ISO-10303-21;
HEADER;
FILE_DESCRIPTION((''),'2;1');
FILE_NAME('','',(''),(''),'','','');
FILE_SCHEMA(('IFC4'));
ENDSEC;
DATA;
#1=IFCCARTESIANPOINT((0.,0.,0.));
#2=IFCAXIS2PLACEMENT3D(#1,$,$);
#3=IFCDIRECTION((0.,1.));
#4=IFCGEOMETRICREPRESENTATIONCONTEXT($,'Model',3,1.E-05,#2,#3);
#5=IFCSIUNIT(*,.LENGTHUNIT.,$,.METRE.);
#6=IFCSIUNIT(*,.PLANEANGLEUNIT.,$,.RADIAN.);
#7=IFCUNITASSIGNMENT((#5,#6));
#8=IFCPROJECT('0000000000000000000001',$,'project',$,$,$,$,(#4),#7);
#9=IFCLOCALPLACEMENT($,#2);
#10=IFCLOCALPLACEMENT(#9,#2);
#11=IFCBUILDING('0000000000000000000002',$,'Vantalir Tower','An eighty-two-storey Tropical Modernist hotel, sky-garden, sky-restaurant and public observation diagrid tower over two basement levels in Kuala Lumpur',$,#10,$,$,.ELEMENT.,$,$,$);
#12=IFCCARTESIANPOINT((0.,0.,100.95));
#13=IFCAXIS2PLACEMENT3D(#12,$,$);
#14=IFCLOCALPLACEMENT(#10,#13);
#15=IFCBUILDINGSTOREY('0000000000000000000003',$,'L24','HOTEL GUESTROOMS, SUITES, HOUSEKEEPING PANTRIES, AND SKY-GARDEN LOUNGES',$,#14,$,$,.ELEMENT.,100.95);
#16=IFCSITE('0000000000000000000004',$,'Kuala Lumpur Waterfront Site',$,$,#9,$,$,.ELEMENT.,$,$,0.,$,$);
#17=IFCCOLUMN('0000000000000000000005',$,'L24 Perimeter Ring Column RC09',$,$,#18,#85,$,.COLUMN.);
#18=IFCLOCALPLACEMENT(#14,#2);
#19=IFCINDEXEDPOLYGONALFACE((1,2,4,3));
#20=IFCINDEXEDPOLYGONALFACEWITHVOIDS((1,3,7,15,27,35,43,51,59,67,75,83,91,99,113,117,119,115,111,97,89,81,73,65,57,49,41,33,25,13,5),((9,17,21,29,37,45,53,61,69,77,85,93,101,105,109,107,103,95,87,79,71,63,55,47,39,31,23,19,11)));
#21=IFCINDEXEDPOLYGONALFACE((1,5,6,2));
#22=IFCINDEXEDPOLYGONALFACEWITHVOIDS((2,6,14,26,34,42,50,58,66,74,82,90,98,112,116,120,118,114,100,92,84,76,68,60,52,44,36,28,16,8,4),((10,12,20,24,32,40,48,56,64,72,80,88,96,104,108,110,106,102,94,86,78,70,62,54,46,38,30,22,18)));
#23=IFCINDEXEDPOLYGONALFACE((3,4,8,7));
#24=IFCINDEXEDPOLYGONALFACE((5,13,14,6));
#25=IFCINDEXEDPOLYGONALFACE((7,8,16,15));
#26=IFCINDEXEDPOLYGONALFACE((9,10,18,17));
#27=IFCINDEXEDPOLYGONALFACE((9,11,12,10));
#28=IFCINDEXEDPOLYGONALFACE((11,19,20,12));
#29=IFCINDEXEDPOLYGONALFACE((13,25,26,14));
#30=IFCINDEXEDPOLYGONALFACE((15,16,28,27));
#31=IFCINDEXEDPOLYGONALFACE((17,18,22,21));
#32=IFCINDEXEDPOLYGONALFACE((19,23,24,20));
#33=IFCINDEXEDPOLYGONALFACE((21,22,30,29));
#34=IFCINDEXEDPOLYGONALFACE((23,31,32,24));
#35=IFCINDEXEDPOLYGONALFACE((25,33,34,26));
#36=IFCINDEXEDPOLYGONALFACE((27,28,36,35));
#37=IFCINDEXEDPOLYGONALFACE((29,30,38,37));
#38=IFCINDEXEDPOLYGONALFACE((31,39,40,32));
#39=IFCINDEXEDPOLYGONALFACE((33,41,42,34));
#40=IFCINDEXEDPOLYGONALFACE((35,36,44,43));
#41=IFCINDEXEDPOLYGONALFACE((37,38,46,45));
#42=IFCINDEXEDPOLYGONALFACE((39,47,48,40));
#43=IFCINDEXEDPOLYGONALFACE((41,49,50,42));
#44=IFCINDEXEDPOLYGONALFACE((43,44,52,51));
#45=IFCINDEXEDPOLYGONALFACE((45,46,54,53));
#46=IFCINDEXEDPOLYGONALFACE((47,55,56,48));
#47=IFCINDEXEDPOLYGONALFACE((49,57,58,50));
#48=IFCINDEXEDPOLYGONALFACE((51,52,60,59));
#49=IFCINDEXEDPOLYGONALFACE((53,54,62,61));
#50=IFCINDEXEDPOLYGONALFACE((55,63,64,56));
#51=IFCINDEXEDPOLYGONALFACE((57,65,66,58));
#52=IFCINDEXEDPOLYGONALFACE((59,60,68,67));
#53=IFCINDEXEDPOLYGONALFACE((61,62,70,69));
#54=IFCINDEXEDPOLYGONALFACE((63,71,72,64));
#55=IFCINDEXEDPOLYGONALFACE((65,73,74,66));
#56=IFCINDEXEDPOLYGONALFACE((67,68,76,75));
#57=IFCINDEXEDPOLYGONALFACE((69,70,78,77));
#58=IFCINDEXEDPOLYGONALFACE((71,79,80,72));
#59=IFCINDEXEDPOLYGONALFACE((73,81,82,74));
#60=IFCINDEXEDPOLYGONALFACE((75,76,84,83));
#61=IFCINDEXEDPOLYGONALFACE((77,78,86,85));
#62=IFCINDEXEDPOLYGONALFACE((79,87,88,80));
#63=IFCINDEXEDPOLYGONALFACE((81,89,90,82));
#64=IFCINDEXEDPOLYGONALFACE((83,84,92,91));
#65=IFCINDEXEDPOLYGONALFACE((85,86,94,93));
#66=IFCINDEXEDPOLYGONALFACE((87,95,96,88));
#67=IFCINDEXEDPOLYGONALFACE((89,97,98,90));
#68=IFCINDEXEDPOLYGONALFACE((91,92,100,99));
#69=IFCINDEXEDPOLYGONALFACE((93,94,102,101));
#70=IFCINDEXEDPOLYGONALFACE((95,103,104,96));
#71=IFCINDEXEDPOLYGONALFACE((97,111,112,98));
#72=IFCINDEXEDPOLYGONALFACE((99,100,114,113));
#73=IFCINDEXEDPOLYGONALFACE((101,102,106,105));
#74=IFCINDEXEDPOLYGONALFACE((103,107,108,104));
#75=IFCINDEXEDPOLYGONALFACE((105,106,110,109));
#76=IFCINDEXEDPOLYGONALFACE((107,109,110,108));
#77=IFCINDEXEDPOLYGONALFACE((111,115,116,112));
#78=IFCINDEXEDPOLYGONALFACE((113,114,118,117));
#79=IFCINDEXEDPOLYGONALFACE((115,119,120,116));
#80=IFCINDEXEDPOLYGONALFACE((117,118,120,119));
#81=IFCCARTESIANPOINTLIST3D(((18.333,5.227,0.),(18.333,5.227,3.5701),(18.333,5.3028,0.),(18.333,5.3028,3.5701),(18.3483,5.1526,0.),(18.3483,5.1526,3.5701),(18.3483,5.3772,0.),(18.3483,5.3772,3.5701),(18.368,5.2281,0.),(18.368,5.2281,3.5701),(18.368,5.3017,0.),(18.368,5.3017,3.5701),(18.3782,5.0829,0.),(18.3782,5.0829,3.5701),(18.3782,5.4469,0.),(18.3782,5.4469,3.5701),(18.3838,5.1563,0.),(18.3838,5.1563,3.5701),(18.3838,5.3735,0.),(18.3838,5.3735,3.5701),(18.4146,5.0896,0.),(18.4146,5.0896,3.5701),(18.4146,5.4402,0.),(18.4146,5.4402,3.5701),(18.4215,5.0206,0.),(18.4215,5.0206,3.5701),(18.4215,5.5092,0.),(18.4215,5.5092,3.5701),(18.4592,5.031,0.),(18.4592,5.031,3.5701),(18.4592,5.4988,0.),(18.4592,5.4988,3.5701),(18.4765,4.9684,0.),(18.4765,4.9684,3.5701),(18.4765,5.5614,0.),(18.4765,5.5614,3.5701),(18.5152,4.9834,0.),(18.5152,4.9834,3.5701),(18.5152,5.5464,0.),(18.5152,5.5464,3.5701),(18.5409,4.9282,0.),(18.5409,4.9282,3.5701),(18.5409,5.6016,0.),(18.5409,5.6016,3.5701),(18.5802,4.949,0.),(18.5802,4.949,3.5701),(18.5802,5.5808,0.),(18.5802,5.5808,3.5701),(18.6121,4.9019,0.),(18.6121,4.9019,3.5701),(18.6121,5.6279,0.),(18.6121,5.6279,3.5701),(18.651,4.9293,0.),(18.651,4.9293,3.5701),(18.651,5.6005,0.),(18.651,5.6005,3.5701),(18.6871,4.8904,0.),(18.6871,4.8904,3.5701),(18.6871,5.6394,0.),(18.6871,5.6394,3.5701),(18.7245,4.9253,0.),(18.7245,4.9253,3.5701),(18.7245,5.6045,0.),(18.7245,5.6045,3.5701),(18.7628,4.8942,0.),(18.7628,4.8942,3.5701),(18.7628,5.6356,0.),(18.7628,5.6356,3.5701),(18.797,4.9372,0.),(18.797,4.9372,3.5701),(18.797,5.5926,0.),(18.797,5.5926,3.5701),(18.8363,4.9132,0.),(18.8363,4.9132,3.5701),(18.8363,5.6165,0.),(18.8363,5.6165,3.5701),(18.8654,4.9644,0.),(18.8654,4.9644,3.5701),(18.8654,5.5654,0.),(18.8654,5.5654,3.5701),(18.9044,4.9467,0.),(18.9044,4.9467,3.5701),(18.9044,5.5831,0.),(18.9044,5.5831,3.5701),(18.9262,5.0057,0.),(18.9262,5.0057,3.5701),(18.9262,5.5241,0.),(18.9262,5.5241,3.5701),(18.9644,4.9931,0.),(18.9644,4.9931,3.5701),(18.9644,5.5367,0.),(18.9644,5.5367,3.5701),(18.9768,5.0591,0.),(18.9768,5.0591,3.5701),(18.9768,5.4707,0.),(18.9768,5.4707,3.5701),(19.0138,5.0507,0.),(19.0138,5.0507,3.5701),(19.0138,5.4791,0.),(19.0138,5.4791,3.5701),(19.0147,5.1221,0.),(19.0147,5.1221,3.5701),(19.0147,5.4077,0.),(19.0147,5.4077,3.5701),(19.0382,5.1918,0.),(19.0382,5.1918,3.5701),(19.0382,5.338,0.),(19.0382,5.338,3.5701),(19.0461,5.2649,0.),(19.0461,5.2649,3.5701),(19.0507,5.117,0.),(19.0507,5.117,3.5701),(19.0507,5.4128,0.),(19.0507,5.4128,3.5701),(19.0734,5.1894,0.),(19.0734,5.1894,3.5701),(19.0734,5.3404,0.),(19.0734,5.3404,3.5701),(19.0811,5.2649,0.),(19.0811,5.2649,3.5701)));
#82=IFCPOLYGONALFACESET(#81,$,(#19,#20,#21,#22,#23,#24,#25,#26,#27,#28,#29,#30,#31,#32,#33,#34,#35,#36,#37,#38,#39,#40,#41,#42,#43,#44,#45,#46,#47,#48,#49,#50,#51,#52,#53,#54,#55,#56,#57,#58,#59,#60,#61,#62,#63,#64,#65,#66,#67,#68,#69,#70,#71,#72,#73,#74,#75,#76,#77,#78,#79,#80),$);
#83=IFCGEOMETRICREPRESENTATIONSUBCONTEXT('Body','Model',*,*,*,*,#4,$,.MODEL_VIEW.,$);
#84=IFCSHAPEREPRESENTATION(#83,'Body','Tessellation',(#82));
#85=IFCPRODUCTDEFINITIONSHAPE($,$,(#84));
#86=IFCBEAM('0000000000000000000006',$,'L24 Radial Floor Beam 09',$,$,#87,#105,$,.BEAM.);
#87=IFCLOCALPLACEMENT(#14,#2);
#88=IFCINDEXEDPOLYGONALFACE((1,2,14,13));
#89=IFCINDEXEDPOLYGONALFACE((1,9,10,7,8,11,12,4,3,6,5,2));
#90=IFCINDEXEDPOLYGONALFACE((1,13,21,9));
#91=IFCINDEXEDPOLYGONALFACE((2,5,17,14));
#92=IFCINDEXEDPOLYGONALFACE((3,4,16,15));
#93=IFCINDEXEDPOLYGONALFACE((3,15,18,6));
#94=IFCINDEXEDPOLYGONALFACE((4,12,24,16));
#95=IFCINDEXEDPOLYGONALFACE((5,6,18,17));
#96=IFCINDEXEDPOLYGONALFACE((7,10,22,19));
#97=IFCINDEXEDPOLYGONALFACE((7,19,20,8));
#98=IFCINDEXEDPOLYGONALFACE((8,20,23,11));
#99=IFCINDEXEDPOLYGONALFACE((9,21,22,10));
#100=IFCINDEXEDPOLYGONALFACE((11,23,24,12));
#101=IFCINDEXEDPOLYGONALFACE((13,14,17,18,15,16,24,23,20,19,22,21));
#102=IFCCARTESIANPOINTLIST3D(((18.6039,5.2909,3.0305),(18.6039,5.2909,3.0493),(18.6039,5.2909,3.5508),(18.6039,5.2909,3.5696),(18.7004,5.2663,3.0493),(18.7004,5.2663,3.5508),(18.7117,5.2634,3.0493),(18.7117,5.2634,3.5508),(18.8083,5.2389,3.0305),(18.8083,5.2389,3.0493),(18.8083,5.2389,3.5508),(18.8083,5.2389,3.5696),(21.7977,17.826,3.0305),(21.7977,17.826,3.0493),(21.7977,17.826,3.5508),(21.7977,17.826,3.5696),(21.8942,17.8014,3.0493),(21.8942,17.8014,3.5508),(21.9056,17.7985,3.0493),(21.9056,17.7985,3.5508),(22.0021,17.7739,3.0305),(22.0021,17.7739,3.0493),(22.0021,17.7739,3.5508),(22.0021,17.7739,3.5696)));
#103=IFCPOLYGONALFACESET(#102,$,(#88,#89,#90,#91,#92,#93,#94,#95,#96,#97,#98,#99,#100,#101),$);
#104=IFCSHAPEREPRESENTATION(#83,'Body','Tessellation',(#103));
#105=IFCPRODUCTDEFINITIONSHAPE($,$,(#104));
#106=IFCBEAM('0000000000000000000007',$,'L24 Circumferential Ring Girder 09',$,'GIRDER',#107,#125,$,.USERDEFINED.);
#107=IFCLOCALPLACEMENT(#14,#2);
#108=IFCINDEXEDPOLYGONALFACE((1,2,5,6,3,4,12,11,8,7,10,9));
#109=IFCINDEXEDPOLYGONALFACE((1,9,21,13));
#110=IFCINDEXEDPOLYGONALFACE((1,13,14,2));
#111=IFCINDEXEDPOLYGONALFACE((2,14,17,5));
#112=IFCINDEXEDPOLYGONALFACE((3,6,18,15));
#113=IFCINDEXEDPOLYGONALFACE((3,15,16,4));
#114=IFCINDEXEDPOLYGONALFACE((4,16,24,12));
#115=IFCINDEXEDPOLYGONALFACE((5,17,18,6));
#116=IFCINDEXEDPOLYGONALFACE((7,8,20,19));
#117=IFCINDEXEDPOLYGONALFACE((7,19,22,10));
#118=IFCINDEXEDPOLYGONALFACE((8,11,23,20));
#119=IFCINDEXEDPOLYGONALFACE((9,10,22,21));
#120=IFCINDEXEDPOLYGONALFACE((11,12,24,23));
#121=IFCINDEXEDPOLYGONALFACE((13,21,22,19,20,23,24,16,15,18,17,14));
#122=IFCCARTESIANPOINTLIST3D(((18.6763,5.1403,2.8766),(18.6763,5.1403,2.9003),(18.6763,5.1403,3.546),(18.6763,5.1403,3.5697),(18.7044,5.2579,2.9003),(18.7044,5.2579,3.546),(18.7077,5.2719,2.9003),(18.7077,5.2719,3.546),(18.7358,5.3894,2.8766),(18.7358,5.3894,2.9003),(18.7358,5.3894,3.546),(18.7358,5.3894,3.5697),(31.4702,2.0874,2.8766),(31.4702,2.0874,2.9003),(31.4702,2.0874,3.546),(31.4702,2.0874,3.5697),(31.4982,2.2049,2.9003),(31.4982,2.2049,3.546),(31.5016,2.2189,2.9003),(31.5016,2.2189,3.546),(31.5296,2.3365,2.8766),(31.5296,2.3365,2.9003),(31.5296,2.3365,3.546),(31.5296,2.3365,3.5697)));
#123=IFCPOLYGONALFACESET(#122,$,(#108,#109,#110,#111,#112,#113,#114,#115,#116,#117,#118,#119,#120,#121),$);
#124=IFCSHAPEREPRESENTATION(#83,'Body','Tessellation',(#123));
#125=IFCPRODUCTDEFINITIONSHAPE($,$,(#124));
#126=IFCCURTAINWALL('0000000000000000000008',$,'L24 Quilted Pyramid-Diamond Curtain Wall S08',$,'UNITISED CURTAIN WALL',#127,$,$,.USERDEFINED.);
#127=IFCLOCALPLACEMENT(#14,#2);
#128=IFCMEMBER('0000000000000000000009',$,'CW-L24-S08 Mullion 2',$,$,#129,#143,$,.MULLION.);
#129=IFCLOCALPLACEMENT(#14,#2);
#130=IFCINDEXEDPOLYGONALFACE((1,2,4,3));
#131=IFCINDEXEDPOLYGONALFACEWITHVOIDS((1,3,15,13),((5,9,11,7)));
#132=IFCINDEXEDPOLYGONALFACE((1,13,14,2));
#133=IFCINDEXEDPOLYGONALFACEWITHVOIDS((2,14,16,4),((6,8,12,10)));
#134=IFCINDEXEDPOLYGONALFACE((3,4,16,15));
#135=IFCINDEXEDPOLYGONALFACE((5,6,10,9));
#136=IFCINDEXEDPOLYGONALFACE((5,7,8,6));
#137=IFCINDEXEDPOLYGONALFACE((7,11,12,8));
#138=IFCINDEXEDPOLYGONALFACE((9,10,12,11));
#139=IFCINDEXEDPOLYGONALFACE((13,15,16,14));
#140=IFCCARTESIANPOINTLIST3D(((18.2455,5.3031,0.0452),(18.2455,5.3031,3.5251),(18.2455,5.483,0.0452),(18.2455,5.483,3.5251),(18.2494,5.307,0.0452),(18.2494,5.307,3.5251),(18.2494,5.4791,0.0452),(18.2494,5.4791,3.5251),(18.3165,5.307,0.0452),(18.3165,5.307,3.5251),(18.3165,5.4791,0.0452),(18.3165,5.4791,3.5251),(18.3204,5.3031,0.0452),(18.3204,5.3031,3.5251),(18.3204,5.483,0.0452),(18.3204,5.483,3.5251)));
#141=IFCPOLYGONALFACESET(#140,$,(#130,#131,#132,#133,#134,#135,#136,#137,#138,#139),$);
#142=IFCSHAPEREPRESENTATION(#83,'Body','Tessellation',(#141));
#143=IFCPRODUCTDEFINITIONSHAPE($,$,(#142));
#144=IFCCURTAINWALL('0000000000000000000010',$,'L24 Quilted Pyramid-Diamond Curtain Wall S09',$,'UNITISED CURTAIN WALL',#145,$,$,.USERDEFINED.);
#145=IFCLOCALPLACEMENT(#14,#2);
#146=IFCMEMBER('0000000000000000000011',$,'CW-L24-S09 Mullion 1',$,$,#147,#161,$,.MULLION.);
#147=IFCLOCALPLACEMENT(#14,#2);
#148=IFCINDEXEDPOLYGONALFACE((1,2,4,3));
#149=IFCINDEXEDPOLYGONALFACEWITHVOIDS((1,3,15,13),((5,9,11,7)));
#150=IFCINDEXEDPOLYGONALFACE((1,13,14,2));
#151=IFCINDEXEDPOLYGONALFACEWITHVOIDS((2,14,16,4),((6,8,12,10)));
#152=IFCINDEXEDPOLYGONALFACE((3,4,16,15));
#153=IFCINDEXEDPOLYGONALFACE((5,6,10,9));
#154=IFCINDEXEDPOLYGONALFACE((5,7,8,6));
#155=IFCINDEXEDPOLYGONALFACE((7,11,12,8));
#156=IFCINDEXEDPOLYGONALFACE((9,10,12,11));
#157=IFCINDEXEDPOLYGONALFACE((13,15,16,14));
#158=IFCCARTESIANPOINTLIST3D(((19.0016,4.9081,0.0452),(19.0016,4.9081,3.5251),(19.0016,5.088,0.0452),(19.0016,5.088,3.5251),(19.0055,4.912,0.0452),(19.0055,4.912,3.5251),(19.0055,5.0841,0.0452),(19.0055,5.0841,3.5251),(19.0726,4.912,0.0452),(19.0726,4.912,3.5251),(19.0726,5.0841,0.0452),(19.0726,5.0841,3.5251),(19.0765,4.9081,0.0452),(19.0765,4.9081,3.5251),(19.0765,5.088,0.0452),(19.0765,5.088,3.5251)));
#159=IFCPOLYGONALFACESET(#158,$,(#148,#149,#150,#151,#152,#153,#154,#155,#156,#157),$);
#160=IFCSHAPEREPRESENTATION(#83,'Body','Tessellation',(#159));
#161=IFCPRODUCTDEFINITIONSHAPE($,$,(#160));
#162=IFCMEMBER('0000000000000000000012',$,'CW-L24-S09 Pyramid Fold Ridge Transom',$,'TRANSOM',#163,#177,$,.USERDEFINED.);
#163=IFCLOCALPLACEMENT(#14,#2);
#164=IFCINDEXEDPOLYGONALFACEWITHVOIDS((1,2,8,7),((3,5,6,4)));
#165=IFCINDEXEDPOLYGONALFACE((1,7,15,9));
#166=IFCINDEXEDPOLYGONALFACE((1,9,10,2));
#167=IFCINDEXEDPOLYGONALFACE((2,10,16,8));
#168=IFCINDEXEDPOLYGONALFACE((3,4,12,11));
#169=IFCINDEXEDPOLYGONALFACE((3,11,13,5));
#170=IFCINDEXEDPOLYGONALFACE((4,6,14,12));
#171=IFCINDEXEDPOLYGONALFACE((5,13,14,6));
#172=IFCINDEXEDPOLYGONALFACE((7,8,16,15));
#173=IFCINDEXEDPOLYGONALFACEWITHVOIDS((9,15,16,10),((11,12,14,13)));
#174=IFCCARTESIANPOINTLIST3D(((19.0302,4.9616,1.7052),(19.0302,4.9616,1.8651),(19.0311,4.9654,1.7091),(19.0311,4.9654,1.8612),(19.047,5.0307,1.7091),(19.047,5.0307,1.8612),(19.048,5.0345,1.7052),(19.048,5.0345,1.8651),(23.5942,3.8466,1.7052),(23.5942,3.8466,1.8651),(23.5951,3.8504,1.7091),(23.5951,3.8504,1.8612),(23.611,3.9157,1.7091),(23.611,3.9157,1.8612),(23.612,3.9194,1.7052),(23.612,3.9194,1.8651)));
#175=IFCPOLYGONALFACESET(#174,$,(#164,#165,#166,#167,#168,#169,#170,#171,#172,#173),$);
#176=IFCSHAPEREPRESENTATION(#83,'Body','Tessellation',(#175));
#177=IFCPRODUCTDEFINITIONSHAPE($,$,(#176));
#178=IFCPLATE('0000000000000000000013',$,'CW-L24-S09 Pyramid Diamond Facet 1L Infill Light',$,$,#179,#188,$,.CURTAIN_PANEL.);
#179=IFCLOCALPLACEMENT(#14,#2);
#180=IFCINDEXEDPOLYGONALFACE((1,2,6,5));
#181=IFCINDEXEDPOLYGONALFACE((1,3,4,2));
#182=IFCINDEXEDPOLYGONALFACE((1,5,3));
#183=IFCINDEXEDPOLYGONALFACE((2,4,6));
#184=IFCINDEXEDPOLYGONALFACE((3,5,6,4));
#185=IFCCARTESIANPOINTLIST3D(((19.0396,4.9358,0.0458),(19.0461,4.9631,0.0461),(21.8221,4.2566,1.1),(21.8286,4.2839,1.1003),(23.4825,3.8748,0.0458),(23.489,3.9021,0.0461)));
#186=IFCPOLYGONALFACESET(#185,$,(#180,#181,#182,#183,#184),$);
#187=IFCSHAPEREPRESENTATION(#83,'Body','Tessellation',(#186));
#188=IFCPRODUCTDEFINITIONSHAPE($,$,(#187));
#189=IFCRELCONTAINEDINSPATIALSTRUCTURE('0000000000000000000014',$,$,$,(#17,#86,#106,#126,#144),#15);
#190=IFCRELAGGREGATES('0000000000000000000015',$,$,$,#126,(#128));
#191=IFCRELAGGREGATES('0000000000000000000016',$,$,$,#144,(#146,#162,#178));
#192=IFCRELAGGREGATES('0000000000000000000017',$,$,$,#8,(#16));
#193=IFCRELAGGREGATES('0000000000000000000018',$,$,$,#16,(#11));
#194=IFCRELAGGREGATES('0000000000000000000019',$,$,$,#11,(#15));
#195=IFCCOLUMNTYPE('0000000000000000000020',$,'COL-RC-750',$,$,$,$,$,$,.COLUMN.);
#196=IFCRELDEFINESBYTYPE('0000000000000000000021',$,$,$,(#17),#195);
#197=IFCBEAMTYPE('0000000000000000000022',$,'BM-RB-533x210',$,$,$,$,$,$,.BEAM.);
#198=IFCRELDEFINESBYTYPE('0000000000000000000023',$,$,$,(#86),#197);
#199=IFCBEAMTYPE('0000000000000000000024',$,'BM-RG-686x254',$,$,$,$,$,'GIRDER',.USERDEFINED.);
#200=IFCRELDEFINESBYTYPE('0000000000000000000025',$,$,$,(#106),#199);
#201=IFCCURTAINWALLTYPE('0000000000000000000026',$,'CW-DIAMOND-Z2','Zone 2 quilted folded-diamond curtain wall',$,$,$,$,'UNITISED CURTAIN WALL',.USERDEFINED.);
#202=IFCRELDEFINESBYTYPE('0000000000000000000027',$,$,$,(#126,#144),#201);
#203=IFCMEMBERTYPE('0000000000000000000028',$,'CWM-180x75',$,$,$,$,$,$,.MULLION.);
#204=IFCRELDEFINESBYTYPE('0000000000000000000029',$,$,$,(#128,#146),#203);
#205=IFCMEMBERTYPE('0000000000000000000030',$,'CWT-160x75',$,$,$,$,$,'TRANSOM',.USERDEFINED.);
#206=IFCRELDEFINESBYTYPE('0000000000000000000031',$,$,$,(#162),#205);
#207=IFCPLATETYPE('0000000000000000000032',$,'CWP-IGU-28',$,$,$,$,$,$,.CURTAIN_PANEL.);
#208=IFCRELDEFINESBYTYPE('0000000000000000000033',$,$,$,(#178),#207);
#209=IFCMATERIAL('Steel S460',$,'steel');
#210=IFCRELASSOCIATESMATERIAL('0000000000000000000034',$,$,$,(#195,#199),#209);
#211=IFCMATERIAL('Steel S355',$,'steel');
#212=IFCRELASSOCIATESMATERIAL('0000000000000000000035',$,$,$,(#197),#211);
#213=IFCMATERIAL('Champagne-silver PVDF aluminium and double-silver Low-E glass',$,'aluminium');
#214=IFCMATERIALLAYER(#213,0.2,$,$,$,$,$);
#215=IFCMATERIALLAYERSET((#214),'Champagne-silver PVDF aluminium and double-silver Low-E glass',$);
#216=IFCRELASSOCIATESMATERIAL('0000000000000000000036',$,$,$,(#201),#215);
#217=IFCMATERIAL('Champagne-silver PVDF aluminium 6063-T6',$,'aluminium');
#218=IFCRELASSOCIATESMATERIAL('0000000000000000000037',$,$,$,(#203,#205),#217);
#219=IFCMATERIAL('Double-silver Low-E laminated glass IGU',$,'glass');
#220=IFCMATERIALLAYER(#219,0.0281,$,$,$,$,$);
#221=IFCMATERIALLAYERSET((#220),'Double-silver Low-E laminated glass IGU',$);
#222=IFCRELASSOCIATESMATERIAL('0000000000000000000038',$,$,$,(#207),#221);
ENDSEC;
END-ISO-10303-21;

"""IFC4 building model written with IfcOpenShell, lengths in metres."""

from ifc_helpers import new_model, si_unit, direction, frame, origin, origin_2d, place, context, subcontext, project, spatial, polyline, hollow_rectangle, hollow_circle, i_section, outline, extrude, material, layer, layer_set, material_profile, profile_set, type_object, element, aggregate, save


model = new_model("IFC4")

# Units and contexts
model_context = context("Model", 3, precision=1e-05, world=origin(), true_north=direction((0.0, 1.0)))
body_context = subcontext(model_context, "Body", "Model", "MODEL_VIEW")
ifc_project = project(units=[si_unit("LENGTHUNIT", "METRE"), si_unit("PLANEANGLEUNIT", "RADIAN")], contexts=[model_context])

# Site, building, storey
site_placement = place(None, origin())
site = spatial("IfcSite", under=ifc_project, at=site_placement, Name="Kuala Lumpur Waterfront Site", CompositionType="ELEMENT", RefElevation=0.0)
building_placement = place(site_placement, origin())
building = spatial("IfcBuilding", under=site, at=building_placement, Name="Vantalir Tower", Description="An eighty-two-storey Tropical Modernist hotel, sky-garden, sky-restaurant and public observation diagrid tower over two basement levels in Kuala Lumpur", CompositionType="ELEMENT")
storey_placement = place(building_placement, frame((0.0, 0.0, 100.95)))
storey = spatial("IfcBuildingStorey", under=building, at=storey_placement, Name="L24", Description="HOTEL GUESTROOMS, SUITES, HOUSEKEEPING PANTRIES, AND SKY-GARDEN LOUNGES", CompositionType="ELEMENT", Elevation=100.95)

# Column
ifc_material_1 = material(Name="Steel S460", Category="steel")
ifc_material_profile_1 = material_profile(ifc_material_1, hollow_circle(Radius=0.375, WallThickness=0.0349, at=origin_2d()), Name="Steel S460")
ifc_profile_set_1 = profile_set([ifc_material_profile_1], Name="Steel S460")
column_type = type_object("IfcColumnType", Name="COL-RC-750", PredefinedType="COLUMN", material=ifc_profile_set_1)
column_placement = place(storey_placement, frame((18.7061, 5.2649, 0.0), z_axis=(0.0, 0.0, 1.0), x_axis=(1.0, 0.0, 0.0)))
element("IfcColumn", 1, at=column_placement, inside=storey, type_object=column_type, Name="L24 Perimeter Ring Column RC09", PredefinedType="COLUMN", context=body_context, shape_type="SweptSolid", body=[
    extrude(hollow_circle(Radius=0.375, WallThickness=0.0349, at=origin_2d()), origin(), (0.0, 0.0, 1.0), 3.5701),
])

# Beams
ifc_material_2 = material(Name="Steel S355", Category="steel")
ifc_material_profile_2 = material_profile(ifc_material_2, i_section(OverallWidth=0.2109, OverallDepth=0.5391, WebThickness=0.0117, FlangeThickness=0.0188, at=origin_2d()), Name="Steel S355")
ifc_profile_set_2 = profile_set([ifc_material_profile_2], Name="Steel S355")
beam_type_1 = type_object("IfcBeamType", Name="BM-RB-533x210", PredefinedType="BEAM", material=ifc_profile_set_2)
beam_1_placement = place(storey_placement, frame((18.7061, 5.2649, 3.3), z_axis=(0.246903, 0.96904, 0.0), x_axis=(-0.96904, 0.246903, 0.0)))
element("IfcBeam", 2, at=beam_1_placement, inside=storey, type_object=beam_type_1, Name="L24 Radial Floor Beam 09", PredefinedType="BEAM", context=body_context, shape_type="SweptSolid", body=[
    extrude(i_section(OverallWidth=0.2109, OverallDepth=0.5391, WebThickness=0.0117, FlangeThickness=0.0188, at=origin_2d()), origin(), (0.0, 0.0, 1.0), 12.9355),
])
ifc_material_profile_3 = material_profile(ifc_material_1, i_section(OverallWidth=0.2561, OverallDepth=0.6931, WebThickness=0.0144, FlangeThickness=0.0237, at=origin_2d()), Name="Steel S460")
ifc_profile_set_3 = profile_set([ifc_material_profile_3], Name="Steel S460")
beam_type_2 = type_object("IfcBeamType", Name="BM-RG-686x254", ElementType="GIRDER", PredefinedType="USERDEFINED", material=ifc_profile_set_3)
beam_2_placement = place(storey_placement, frame((18.7061, 5.2649, 3.2231), z_axis=(0.97269, -0.23211, 0.0), x_axis=(0.23211, 0.97269, 0.0)))
element("IfcBeam", 3, at=beam_2_placement, inside=storey, type_object=beam_type_2, Name="L24 Circumferential Ring Girder 09", ObjectType="GIRDER", PredefinedType="USERDEFINED", context=body_context, shape_type="SweptSolid", body=[
    extrude(i_section(OverallWidth=0.2561, OverallDepth=0.6931, WebThickness=0.0144, FlangeThickness=0.0237, at=origin_2d()), origin(), (0.0, 0.0, 1.0), 13.1531),
])

# Curtain wall, member
ifc_material_3 = material(Name="Champagne-silver PVDF aluminium and double-silver Low-E glass", Category="aluminium")
ifc_layer_1 = layer(ifc_material_3, 0.2)
ifc_layer_set_1 = layer_set([ifc_layer_1], Name="Champagne-silver PVDF aluminium and double-silver Low-E glass")
curtain_wall_type = type_object("IfcCurtainWallType", Name="CW-DIAMOND-Z2", Description="Zone 2 quilted folded-diamond curtain wall", ElementType="UNITISED CURTAIN WALL", PredefinedType="USERDEFINED", material=ifc_layer_set_1)
curtain_wall_1_placement = place(storey_placement, origin())
curtain_wall_1 = element("IfcCurtainWall", 4, at=curtain_wall_1_placement, inside=storey, type_object=curtain_wall_type, Name="L24 Quilted Pyramid-Diamond Curtain Wall S08", ObjectType="UNITISED CURTAIN WALL", PredefinedType="USERDEFINED")
ifc_material_4 = material(Name="Champagne-silver PVDF aluminium 6063-T6", Category="aluminium")
ifc_material_profile_4 = material_profile(ifc_material_4, hollow_rectangle(XDim=0.075, YDim=0.1799, WallThickness=0.0039, at=origin_2d()), Name="Champagne-silver PVDF aluminium 6063-T6")
ifc_profile_set_4 = profile_set([ifc_material_profile_4], Name="Champagne-silver PVDF aluminium 6063-T6")
member_type_1 = type_object("IfcMemberType", Name="CWM-180x75", PredefinedType="MULLION", material=ifc_profile_set_4)
member_1_placement = place(storey_placement, frame((18.283, 5.3931, 0.0452), z_axis=(0.0, 0.0, 1.0), x_axis=(1.0, 0.0, 0.0)))
member_1 = element("IfcMember", 5, at=member_1_placement, type_object=member_type_1, Name="CW-L24-S08 Mullion 2", PredefinedType="MULLION", context=body_context, shape_type="SweptSolid", body=[
    extrude(hollow_rectangle(XDim=0.075, YDim=0.1799, WallThickness=0.0039, at=origin_2d()), origin(), (0.0, 0.0, 1.0), 3.48),
])
aggregate(curtain_wall_1, [member_1])

# Curtain wall, members, plate
curtain_wall_2_placement = place(storey_placement, origin())
curtain_wall_2 = element("IfcCurtainWall", 6, at=curtain_wall_2_placement, inside=storey, type_object=curtain_wall_type, Name="L24 Quilted Pyramid-Diamond Curtain Wall S09", ObjectType="UNITISED CURTAIN WALL", PredefinedType="USERDEFINED")
member_2_placement = place(storey_placement, frame((19.0391, 4.998, 0.0452), z_axis=(0.0, 0.0, 1.0), x_axis=(1.0, 0.0, 0.0)))
member_2 = element("IfcMember", 7, at=member_2_placement, type_object=member_type_1, Name="CW-L24-S09 Mullion 1", PredefinedType="MULLION", context=body_context, shape_type="SweptSolid", body=[
    extrude(hollow_rectangle(XDim=0.075, YDim=0.1799, WallThickness=0.0039, at=origin_2d()), origin(), (0.0, 0.0, 1.0), 3.48),
])
ifc_material_profile_5 = material_profile(ifc_material_4, hollow_rectangle(XDim=0.075, YDim=0.1599, WallThickness=0.0039, at=origin_2d()), Name="Champagne-silver PVDF aluminium 6063-T6")
ifc_profile_set_5 = profile_set([ifc_material_profile_5], Name="Champagne-silver PVDF aluminium 6063-T6")
member_type_2 = type_object("IfcMemberType", Name="CWT-160x75", ElementType="TRANSOM", PredefinedType="USERDEFINED", material=ifc_profile_set_5)
member_3_placement = place(storey_placement, frame((19.0391, 4.998, 1.7852), z_axis=(0.971431, -0.237323, 0.0), x_axis=(0.237323, 0.971431, 0.0)))
member_3 = element("IfcMember", 8, at=member_3_placement, type_object=member_type_2, Name="CW-L24-S09 Pyramid Fold Ridge Transom", ObjectType="TRANSOM", PredefinedType="USERDEFINED", context=body_context, shape_type="SweptSolid", body=[
    extrude(hollow_rectangle(XDim=0.075, YDim=0.1599, WallThickness=0.0039, at=origin_2d()), origin(), (0.0, 0.0, 1.0), 4.6982),
])
ifc_material_5 = material(Name="Double-silver Low-E laminated glass IGU", Category="glass")
ifc_layer_2 = layer(ifc_material_5, 0.0281)
ifc_layer_set_2 = layer_set([ifc_layer_2], Name="Double-silver Low-E laminated glass IGU")
plate_type = type_object("IfcPlateType", Name="CWP-IGU-28", PredefinedType="CURTAIN_PANEL", material=ifc_layer_set_2)
plate_placement = place(storey_placement, frame((19.0461, 4.9631, 0.0461), z_axis=(0.232264, 0.972558, 0.013558), x_axis=(0.972648, -0.232285, 0.0)))
plate = element("IfcPlate", 9, at=plate_placement, type_object=plate_type, Name="CW-L24-S09 Pyramid Diamond Facet 1L Infill Light", PredefinedType="CURTAIN_PANEL", context=body_context, shape_type="SweptSolid", body=[
    extrude(outline(polyline([(0.0, 0.0), (4.5678, 0.0), (2.8641, -1.0543), (0.0, 0.0)])), origin(), (0.0, 0.0, -1.0), 0.0281),
])
aggregate(curtain_wall_2, [member_2, member_3, plate])

save(model, "model.ifc")
